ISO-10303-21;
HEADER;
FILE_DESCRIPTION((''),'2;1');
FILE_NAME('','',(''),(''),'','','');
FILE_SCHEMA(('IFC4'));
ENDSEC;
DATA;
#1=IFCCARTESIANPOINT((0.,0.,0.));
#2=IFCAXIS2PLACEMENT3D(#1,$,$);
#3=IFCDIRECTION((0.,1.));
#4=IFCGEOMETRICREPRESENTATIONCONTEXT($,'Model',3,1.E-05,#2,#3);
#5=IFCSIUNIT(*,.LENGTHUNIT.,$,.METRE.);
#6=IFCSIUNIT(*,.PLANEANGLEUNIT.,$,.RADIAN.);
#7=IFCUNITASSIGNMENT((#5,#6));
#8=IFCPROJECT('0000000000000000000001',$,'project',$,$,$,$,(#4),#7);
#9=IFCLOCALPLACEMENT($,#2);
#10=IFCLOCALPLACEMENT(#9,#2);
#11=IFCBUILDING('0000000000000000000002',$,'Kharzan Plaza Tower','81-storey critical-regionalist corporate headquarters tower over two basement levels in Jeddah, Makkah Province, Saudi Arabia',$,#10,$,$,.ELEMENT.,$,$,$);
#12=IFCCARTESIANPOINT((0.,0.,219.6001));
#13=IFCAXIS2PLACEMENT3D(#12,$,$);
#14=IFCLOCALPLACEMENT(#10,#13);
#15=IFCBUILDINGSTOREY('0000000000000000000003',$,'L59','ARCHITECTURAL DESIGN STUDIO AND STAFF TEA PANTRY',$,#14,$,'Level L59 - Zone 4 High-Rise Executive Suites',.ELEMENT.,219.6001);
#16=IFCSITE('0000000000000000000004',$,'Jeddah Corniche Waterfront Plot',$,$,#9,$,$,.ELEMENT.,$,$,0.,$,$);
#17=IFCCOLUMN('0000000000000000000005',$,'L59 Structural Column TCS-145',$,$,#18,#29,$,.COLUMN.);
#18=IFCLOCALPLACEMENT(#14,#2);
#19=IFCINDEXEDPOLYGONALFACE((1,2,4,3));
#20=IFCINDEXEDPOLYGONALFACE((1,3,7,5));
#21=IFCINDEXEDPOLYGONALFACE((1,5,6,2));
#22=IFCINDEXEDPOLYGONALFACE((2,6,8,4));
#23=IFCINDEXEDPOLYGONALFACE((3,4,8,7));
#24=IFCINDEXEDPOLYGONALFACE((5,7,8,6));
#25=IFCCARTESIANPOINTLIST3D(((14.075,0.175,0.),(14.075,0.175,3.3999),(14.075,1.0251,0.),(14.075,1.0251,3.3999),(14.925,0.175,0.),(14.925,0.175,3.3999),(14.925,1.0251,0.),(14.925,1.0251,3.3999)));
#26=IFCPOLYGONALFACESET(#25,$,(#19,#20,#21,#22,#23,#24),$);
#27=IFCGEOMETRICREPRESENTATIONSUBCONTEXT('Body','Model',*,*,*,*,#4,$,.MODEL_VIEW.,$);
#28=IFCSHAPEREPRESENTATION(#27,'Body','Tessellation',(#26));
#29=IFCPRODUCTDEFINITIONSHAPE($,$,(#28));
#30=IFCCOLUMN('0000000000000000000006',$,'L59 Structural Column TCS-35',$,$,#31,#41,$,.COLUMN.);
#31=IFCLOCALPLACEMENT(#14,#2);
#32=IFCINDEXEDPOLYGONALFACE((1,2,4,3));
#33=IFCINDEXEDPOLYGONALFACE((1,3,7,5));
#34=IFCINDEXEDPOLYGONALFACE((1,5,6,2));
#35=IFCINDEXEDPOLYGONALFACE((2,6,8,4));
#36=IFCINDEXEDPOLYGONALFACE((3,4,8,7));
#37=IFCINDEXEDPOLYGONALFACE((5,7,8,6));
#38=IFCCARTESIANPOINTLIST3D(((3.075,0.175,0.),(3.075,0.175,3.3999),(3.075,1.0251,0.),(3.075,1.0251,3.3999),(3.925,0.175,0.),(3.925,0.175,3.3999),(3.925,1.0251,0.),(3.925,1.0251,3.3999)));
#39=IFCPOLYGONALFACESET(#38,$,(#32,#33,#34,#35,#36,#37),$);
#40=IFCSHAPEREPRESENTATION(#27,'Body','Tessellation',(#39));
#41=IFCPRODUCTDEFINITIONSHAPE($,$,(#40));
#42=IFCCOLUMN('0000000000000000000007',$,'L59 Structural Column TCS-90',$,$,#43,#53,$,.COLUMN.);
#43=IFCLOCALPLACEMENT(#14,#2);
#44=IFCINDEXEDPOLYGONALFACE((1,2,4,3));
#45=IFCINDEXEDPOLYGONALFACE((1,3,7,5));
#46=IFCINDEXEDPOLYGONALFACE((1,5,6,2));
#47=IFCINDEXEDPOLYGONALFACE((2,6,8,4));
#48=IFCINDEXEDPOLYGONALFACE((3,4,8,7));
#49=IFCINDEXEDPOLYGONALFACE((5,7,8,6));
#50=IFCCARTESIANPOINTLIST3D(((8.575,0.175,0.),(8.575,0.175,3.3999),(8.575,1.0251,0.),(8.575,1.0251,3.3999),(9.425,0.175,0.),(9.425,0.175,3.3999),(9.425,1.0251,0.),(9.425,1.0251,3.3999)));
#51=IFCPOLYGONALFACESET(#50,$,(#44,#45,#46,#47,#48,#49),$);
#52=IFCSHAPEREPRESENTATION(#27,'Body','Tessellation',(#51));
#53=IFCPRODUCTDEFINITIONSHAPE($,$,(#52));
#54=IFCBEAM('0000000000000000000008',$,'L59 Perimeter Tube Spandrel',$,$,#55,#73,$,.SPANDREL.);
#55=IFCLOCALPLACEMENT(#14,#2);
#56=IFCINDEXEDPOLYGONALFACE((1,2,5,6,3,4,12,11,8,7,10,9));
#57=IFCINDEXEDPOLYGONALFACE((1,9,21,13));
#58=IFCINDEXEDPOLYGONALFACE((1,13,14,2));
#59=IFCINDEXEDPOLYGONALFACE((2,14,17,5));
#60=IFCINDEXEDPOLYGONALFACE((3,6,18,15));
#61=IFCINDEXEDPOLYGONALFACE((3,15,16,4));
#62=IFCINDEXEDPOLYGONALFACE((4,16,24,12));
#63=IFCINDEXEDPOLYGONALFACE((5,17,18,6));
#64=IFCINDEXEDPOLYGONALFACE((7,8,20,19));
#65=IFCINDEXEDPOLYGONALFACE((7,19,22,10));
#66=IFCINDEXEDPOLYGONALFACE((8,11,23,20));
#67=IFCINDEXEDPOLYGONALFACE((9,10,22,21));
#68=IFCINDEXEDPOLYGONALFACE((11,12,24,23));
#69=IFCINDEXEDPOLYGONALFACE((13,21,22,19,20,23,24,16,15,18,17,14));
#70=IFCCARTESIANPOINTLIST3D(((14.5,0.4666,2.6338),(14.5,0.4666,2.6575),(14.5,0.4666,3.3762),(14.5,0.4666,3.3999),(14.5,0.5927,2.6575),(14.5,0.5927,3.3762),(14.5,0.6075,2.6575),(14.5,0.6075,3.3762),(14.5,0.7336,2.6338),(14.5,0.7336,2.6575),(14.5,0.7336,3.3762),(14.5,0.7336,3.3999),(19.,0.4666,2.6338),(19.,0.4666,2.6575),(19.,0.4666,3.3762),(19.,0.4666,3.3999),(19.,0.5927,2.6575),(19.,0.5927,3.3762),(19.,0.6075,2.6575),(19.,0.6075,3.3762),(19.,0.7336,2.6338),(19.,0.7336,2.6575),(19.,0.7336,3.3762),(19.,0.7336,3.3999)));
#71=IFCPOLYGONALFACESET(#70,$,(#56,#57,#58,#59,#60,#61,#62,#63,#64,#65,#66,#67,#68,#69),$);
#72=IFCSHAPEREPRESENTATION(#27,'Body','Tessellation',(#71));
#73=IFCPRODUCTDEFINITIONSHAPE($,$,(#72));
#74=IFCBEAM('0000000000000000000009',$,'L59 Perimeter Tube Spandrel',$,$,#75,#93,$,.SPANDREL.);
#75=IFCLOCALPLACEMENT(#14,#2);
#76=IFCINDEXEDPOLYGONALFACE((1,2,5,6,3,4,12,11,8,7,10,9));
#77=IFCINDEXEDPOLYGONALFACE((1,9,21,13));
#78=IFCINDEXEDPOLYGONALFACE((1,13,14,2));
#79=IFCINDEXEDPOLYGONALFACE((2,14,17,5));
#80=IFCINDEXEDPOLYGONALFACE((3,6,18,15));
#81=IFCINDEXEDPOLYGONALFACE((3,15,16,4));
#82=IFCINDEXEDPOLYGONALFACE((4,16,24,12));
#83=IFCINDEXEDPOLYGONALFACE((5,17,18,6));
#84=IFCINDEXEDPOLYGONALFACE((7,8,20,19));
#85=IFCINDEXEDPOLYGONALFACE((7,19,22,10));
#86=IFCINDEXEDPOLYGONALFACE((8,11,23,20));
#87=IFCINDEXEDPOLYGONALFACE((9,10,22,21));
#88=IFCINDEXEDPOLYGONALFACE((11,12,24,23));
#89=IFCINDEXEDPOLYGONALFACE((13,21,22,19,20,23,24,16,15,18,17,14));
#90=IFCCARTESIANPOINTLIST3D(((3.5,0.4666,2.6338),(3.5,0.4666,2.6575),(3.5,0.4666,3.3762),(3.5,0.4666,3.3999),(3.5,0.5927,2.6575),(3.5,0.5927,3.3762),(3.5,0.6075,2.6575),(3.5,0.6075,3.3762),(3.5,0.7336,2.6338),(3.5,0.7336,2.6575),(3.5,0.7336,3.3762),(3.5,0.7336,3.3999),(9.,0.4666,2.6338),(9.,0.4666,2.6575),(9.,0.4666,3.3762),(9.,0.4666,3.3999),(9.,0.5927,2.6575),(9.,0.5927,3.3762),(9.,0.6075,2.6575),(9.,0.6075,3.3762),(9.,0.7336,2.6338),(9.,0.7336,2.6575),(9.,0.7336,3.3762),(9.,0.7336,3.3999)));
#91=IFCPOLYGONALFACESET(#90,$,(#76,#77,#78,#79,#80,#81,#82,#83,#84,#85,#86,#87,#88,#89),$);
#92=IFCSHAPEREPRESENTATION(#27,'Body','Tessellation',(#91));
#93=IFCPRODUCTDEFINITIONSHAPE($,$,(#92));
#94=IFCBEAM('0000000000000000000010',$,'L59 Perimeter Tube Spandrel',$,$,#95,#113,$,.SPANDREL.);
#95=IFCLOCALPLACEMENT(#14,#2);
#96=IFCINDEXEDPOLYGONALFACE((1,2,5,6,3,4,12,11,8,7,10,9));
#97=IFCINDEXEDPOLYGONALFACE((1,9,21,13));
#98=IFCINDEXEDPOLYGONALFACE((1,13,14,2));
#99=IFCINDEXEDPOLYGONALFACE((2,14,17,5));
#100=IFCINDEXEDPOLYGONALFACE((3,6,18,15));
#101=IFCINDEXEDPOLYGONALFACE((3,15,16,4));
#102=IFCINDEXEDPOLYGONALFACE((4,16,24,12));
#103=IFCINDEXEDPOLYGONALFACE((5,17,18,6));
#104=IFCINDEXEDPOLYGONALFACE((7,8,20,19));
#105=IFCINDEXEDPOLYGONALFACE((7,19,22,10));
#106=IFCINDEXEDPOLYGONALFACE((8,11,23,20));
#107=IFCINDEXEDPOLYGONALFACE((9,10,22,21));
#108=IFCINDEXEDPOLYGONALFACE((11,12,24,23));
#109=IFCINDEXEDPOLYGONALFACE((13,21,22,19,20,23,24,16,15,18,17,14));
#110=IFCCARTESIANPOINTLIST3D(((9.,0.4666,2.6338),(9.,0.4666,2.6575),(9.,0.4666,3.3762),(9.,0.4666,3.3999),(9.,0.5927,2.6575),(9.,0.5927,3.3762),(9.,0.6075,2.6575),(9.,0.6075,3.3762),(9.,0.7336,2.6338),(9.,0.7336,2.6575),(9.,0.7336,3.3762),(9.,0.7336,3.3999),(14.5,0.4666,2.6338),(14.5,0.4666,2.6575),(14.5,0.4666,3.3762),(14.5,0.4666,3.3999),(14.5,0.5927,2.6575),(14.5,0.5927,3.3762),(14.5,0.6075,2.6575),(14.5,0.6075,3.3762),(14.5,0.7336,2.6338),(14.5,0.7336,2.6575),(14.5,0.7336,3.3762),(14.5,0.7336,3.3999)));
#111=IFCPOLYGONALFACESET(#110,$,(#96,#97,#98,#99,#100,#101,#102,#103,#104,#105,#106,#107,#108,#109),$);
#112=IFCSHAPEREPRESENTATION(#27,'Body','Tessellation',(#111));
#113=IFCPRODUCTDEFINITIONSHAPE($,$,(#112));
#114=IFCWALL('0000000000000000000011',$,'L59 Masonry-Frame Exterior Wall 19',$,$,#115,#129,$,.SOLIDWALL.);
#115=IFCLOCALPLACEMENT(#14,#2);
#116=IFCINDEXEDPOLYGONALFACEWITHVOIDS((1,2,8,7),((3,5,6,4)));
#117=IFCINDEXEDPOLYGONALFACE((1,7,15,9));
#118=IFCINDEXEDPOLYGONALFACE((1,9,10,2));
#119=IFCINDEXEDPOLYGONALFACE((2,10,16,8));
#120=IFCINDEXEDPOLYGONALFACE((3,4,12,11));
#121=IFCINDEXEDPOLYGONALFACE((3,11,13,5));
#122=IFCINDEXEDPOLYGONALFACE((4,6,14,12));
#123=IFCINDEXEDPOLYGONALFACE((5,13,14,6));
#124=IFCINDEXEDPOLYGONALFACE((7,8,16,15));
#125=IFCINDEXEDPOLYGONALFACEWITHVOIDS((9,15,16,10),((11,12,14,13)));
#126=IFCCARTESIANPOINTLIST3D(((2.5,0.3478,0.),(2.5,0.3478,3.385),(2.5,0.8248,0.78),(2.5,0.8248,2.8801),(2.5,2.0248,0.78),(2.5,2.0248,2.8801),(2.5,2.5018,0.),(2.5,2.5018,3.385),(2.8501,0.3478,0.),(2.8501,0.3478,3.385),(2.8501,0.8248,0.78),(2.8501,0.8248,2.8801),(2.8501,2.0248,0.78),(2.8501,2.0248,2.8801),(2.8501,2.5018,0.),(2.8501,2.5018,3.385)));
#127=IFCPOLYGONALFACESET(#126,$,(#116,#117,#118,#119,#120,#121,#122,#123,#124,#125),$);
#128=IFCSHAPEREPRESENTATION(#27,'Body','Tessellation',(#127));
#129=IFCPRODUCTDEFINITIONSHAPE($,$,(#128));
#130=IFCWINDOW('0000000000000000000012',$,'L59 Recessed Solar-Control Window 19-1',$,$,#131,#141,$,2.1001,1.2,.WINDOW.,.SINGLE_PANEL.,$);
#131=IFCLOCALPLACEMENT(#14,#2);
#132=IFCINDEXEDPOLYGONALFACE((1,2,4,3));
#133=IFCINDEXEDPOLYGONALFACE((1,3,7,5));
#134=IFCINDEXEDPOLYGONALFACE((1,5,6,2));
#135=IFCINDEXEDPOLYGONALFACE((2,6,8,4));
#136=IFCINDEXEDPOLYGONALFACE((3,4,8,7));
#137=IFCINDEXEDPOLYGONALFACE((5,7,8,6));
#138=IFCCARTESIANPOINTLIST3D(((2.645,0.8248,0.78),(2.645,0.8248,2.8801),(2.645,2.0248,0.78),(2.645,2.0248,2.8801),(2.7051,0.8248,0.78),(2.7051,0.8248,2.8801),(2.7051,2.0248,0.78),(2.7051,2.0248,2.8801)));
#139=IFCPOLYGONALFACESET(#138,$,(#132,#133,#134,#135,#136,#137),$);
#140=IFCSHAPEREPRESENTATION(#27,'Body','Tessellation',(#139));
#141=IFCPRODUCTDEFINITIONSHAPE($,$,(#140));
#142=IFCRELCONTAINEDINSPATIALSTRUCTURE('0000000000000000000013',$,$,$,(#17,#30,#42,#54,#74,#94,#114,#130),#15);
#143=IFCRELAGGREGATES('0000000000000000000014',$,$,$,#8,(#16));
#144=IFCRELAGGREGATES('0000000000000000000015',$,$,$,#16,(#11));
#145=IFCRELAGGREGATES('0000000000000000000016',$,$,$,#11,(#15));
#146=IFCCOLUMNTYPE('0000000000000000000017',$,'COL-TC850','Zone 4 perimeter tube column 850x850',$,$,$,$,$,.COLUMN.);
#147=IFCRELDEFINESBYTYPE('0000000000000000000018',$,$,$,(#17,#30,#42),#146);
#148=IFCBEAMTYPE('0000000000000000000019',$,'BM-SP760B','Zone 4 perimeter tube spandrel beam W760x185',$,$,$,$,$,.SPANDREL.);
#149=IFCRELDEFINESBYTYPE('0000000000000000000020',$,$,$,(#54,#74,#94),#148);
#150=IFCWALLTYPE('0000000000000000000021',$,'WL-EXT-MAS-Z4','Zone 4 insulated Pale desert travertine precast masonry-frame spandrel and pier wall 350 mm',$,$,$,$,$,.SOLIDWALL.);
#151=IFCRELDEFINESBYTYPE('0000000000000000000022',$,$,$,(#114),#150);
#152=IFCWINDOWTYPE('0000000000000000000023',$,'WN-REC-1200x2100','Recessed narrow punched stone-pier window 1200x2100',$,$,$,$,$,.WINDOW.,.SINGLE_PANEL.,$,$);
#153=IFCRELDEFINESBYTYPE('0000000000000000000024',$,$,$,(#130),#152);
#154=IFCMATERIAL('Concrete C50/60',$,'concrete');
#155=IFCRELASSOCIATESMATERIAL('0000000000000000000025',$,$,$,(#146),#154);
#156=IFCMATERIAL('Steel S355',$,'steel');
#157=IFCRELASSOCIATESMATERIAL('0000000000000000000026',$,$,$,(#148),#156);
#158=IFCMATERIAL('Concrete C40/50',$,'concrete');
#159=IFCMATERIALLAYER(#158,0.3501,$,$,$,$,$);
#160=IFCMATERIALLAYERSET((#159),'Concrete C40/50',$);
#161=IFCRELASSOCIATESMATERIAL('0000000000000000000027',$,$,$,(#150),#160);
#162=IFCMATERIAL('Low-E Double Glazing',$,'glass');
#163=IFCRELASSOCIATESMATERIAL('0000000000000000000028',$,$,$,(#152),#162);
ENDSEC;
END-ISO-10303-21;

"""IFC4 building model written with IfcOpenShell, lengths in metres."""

from ifc_helpers import new_model, si_unit, direction, frame, frame_2d, origin, origin_2d, place, context, subcontext, project, spatial, rectangle, i_section, extrude, source, transform, mapped, material, layer, layer_set, material_profile, profile_set, type_object, element, fill, save


model = new_model("IFC4")

# Units and contexts
model_context = context("Model", 3, precision=1e-05, world=origin(), true_north=direction((0.0, 1.0)))
body_context = subcontext(model_context, "Body", "Model", "MODEL_VIEW")
ifc_project = project(units=[si_unit("LENGTHUNIT", "METRE"), si_unit("PLANEANGLEUNIT", "RADIAN")], contexts=[model_context])

# Site, building, storey
site_placement = place(None, origin())
site = spatial("IfcSite", under=ifc_project, at=site_placement, Name="Jeddah Corniche Waterfront Plot", CompositionType="ELEMENT", RefElevation=0.0)
building_placement = place(site_placement, origin())
building = spatial("IfcBuilding", under=site, at=building_placement, Name="Kharzan Plaza Tower", Description="81-storey critical-regionalist corporate headquarters tower over two basement levels in Jeddah, Makkah Province, Saudi Arabia", CompositionType="ELEMENT")
storey_placement = place(building_placement, frame((0.0, 0.0, 219.6001)))
storey = spatial("IfcBuildingStorey", under=building, at=storey_placement, Name="L59", Description="ARCHITECTURAL DESIGN STUDIO AND STAFF TEA PANTRY", LongName="Level L59 - Zone 4 High-Rise Executive Suites", CompositionType="ELEMENT", Elevation=219.6001)

# Columns
ifc_material_1 = material(Name="Concrete C50/60", Category="concrete")
ifc_material_profile_1 = material_profile(ifc_material_1, rectangle(XDim=0.8501, YDim=0.8501, at=origin_2d()), Name="RC-TC850x850")
ifc_profile_set_1 = profile_set([ifc_material_profile_1], Name="Concrete C50/60")
column_type = type_object("IfcColumnType", Name="COL-TC850", Description="Zone 4 perimeter tube column 850x850", PredefinedType="COLUMN", material=ifc_profile_set_1)
shared_shape_1 = source(origin(), body_context, "Body", "SweptSolid", [
    extrude(rectangle(XDim=0.8501, YDim=0.8501, at=origin_2d()), origin(), (0.0, 0.0, 1.0), 3.3999),
])
for number, where, z_axis, x_axis, name in (
    (1, (14.5, 0.6001, 0.0), (0.0, 0.0, 1.0), (1.0, 0.0, 0.0), "L59 Structural Column TCS-145"),
    (2, (3.5, 0.6001, 0.0), (0.0, 0.0, 1.0), (1.0, 0.0, 0.0), "L59 Structural Column TCS-35"),
    (3, (9.0, 0.6001, 0.0), (0.0, 0.0, 1.0), (1.0, 0.0, 0.0), "L59 Structural Column TCS-90"),
):
    element("IfcColumn", number, at=place(storey_placement, frame(where, z_axis=z_axis, x_axis=x_axis)), inside=storey, type_object=column_type, Name=name, PredefinedType="COLUMN", context=body_context, shape_type="MappedRepresentation", body=[
        mapped(shared_shape_1, transform((0.0, 0.0, 0.0), x_axis=(1.0, 0.0, 0.0), y_axis=(0.0, 1.0, 0.0), z_axis=(0.0, 0.0, 1.0))),
    ])

# Beams
ifc_material_2 = material(Name="Steel S355", Category="steel")
ifc_material_profile_2 = material_profile(ifc_material_2, i_section(OverallWidth=0.2671, OverallDepth=0.7661, WebThickness=0.0149, FlangeThickness=0.0237, at=origin_2d()), Name="W760x185")
ifc_profile_set_2 = profile_set([ifc_material_profile_2], Name="Steel S355")
beam_type = type_object("IfcBeamType", Name="BM-SP760B", Description="Zone 4 perimeter tube spandrel beam W760x185", PredefinedType="SPANDREL", material=ifc_profile_set_2)
shared_shape_2 = source(origin(), body_context, "Body", "SweptSolid", [
    extrude(i_section(OverallWidth=0.2671, OverallDepth=0.7661, WebThickness=0.0149, FlangeThickness=0.0237, at=origin_2d()), origin(), (0.0, 0.0, 1.0), 4.5),
])
beam_placement = place(storey_placement, frame((14.5, 0.6001, 3.0168), z_axis=(1.0, 0.0, 0.0), x_axis=(0.0, 1.0, 0.0)))
element("IfcBeam", 4, at=beam_placement, inside=storey, type_object=beam_type, Name="L59 Perimeter Tube Spandrel", PredefinedType="SPANDREL", context=body_context, shape_type="MappedRepresentation", body=[
    mapped(shared_shape_2, transform((0.0, 0.0, 0.0), x_axis=(1.0, 0.0, 0.0), y_axis=(0.0, 1.0, 0.0), z_axis=(0.0, 0.0, 1.0))),
])
shared_shape_3 = source(origin(), body_context, "Body", "SweptSolid", [
    extrude(i_section(OverallWidth=0.2671, OverallDepth=0.7661, WebThickness=0.0149, FlangeThickness=0.0237, at=origin_2d()), origin(), (0.0, 0.0, 1.0), 5.5),
])
for number, where, z_axis, x_axis, name in (
    (5, (3.5, 0.6001, 3.0168), (1.0, 0.0, 0.0), (0.0, 1.0, 0.0), "L59 Perimeter Tube Spandrel"),
    (6, (9.0, 0.6001, 3.0168), (1.0, 0.0, 0.0), (0.0, 1.0, 0.0), "L59 Perimeter Tube Spandrel"),
):
    element("IfcBeam", number, at=place(storey_placement, frame(where, z_axis=z_axis, x_axis=x_axis)), inside=storey, type_object=beam_type, Name=name, PredefinedType="SPANDREL", context=body_context, shape_type="MappedRepresentation", body=[
        mapped(shared_shape_3, transform((0.0, 0.0, 0.0), x_axis=(1.0, 0.0, 0.0), y_axis=(0.0, 1.0, 0.0), z_axis=(0.0, 0.0, 1.0))),
    ])

# Wall, opening, window
ifc_material_3 = material(Name="Concrete C40/50", Category="concrete")
ifc_layer_1 = layer(ifc_material_3, 0.3501)
ifc_layer_set_1 = layer_set([ifc_layer_1], Name="Concrete C40/50")
wall_type_1 = type_object("IfcWallType", Name="WL-EXT-MAS-Z4", Description="Zone 4 insulated Pale desert travertine precast masonry-frame spandrel and pier wall 350 mm", PredefinedType="SOLIDWALL", material=ifc_layer_set_1)
wall_1_placement = place(storey_placement, frame((2.675, 2.502, 0.0), z_axis=(0.0, 0.0, 1.0), x_axis=(0.0, -1.0, 0.0)))
wall_1 = element("IfcWall", 7, at=wall_1_placement, inside=storey, type_object=wall_type_1, Name="L59 Masonry-Frame Exterior Wall 19", PredefinedType="SOLIDWALL", context=body_context, shape_type="SweptSolid", body=[
    extrude(rectangle(XDim=2.1541, YDim=0.3501, at=frame_2d((1.0771, 0.0))), origin(), (0.0, 0.0, 1.0), 3.385),
])
opening_1_placement = place(wall_1_placement, frame((0.4771, 0.0, 0.78)))
opening_1 = element("IfcOpeningElement", 8, at=opening_1_placement, cuts=wall_1, PredefinedType="OPENING", context=body_context, shape_type="SweptSolid", body=[
    extrude(rectangle(XDim=1.2, YDim=2.1001, at=frame_2d((0.6001, 1.05))), frame((0.0, 0.1851, 0.0), z_axis=(0.0, -1.0, 0.0), x_axis=(1.0, 0.0, 0.0)), (0.0, 0.0, 1.0), 0.3701),
])
ifc_material_4 = material(Name="Low-E Double Glazing", Category="glass")
window_type_1 = type_object("IfcWindowType", Name="WN-REC-1200x2100", Description="Recessed narrow punched stone-pier window 1200x2100", PartitioningType="SINGLE_PANEL", PredefinedType="WINDOW", material=ifc_material_4)
shared_shape_4 = source(origin(), body_context, "Body", "SweptSolid", [
    extrude(rectangle(XDim=1.2, YDim=2.1001, at=frame_2d((0.6001, 1.05))), frame((0.0, 0.03, 0.0), z_axis=(0.0, -1.0, 0.0), x_axis=(1.0, 0.0, 0.0)), (0.0, 0.0, 1.0), 0.0601),
])
window_1_placement = place(opening_1_placement, origin())
window_1 = element("IfcWindow", 9, at=window_1_placement, inside=storey, type_object=window_type_1, Name="L59 Recessed Solar-Control Window 19-1", OverallHeight=2.1001, OverallWidth=1.2, PartitioningType="SINGLE_PANEL", PredefinedType="WINDOW", context=body_context, shape_type="MappedRepresentation", body=[
    mapped(shared_shape_4, transform((0.0, 0.0, 0.0), x_axis=(1.0, 0.0, 0.0), y_axis=(0.0, 1.0, 0.0), z_axis=(0.0, 0.0, 1.0))),
])
fill(opening_1, window_1)

save(model, "model.ifc")
